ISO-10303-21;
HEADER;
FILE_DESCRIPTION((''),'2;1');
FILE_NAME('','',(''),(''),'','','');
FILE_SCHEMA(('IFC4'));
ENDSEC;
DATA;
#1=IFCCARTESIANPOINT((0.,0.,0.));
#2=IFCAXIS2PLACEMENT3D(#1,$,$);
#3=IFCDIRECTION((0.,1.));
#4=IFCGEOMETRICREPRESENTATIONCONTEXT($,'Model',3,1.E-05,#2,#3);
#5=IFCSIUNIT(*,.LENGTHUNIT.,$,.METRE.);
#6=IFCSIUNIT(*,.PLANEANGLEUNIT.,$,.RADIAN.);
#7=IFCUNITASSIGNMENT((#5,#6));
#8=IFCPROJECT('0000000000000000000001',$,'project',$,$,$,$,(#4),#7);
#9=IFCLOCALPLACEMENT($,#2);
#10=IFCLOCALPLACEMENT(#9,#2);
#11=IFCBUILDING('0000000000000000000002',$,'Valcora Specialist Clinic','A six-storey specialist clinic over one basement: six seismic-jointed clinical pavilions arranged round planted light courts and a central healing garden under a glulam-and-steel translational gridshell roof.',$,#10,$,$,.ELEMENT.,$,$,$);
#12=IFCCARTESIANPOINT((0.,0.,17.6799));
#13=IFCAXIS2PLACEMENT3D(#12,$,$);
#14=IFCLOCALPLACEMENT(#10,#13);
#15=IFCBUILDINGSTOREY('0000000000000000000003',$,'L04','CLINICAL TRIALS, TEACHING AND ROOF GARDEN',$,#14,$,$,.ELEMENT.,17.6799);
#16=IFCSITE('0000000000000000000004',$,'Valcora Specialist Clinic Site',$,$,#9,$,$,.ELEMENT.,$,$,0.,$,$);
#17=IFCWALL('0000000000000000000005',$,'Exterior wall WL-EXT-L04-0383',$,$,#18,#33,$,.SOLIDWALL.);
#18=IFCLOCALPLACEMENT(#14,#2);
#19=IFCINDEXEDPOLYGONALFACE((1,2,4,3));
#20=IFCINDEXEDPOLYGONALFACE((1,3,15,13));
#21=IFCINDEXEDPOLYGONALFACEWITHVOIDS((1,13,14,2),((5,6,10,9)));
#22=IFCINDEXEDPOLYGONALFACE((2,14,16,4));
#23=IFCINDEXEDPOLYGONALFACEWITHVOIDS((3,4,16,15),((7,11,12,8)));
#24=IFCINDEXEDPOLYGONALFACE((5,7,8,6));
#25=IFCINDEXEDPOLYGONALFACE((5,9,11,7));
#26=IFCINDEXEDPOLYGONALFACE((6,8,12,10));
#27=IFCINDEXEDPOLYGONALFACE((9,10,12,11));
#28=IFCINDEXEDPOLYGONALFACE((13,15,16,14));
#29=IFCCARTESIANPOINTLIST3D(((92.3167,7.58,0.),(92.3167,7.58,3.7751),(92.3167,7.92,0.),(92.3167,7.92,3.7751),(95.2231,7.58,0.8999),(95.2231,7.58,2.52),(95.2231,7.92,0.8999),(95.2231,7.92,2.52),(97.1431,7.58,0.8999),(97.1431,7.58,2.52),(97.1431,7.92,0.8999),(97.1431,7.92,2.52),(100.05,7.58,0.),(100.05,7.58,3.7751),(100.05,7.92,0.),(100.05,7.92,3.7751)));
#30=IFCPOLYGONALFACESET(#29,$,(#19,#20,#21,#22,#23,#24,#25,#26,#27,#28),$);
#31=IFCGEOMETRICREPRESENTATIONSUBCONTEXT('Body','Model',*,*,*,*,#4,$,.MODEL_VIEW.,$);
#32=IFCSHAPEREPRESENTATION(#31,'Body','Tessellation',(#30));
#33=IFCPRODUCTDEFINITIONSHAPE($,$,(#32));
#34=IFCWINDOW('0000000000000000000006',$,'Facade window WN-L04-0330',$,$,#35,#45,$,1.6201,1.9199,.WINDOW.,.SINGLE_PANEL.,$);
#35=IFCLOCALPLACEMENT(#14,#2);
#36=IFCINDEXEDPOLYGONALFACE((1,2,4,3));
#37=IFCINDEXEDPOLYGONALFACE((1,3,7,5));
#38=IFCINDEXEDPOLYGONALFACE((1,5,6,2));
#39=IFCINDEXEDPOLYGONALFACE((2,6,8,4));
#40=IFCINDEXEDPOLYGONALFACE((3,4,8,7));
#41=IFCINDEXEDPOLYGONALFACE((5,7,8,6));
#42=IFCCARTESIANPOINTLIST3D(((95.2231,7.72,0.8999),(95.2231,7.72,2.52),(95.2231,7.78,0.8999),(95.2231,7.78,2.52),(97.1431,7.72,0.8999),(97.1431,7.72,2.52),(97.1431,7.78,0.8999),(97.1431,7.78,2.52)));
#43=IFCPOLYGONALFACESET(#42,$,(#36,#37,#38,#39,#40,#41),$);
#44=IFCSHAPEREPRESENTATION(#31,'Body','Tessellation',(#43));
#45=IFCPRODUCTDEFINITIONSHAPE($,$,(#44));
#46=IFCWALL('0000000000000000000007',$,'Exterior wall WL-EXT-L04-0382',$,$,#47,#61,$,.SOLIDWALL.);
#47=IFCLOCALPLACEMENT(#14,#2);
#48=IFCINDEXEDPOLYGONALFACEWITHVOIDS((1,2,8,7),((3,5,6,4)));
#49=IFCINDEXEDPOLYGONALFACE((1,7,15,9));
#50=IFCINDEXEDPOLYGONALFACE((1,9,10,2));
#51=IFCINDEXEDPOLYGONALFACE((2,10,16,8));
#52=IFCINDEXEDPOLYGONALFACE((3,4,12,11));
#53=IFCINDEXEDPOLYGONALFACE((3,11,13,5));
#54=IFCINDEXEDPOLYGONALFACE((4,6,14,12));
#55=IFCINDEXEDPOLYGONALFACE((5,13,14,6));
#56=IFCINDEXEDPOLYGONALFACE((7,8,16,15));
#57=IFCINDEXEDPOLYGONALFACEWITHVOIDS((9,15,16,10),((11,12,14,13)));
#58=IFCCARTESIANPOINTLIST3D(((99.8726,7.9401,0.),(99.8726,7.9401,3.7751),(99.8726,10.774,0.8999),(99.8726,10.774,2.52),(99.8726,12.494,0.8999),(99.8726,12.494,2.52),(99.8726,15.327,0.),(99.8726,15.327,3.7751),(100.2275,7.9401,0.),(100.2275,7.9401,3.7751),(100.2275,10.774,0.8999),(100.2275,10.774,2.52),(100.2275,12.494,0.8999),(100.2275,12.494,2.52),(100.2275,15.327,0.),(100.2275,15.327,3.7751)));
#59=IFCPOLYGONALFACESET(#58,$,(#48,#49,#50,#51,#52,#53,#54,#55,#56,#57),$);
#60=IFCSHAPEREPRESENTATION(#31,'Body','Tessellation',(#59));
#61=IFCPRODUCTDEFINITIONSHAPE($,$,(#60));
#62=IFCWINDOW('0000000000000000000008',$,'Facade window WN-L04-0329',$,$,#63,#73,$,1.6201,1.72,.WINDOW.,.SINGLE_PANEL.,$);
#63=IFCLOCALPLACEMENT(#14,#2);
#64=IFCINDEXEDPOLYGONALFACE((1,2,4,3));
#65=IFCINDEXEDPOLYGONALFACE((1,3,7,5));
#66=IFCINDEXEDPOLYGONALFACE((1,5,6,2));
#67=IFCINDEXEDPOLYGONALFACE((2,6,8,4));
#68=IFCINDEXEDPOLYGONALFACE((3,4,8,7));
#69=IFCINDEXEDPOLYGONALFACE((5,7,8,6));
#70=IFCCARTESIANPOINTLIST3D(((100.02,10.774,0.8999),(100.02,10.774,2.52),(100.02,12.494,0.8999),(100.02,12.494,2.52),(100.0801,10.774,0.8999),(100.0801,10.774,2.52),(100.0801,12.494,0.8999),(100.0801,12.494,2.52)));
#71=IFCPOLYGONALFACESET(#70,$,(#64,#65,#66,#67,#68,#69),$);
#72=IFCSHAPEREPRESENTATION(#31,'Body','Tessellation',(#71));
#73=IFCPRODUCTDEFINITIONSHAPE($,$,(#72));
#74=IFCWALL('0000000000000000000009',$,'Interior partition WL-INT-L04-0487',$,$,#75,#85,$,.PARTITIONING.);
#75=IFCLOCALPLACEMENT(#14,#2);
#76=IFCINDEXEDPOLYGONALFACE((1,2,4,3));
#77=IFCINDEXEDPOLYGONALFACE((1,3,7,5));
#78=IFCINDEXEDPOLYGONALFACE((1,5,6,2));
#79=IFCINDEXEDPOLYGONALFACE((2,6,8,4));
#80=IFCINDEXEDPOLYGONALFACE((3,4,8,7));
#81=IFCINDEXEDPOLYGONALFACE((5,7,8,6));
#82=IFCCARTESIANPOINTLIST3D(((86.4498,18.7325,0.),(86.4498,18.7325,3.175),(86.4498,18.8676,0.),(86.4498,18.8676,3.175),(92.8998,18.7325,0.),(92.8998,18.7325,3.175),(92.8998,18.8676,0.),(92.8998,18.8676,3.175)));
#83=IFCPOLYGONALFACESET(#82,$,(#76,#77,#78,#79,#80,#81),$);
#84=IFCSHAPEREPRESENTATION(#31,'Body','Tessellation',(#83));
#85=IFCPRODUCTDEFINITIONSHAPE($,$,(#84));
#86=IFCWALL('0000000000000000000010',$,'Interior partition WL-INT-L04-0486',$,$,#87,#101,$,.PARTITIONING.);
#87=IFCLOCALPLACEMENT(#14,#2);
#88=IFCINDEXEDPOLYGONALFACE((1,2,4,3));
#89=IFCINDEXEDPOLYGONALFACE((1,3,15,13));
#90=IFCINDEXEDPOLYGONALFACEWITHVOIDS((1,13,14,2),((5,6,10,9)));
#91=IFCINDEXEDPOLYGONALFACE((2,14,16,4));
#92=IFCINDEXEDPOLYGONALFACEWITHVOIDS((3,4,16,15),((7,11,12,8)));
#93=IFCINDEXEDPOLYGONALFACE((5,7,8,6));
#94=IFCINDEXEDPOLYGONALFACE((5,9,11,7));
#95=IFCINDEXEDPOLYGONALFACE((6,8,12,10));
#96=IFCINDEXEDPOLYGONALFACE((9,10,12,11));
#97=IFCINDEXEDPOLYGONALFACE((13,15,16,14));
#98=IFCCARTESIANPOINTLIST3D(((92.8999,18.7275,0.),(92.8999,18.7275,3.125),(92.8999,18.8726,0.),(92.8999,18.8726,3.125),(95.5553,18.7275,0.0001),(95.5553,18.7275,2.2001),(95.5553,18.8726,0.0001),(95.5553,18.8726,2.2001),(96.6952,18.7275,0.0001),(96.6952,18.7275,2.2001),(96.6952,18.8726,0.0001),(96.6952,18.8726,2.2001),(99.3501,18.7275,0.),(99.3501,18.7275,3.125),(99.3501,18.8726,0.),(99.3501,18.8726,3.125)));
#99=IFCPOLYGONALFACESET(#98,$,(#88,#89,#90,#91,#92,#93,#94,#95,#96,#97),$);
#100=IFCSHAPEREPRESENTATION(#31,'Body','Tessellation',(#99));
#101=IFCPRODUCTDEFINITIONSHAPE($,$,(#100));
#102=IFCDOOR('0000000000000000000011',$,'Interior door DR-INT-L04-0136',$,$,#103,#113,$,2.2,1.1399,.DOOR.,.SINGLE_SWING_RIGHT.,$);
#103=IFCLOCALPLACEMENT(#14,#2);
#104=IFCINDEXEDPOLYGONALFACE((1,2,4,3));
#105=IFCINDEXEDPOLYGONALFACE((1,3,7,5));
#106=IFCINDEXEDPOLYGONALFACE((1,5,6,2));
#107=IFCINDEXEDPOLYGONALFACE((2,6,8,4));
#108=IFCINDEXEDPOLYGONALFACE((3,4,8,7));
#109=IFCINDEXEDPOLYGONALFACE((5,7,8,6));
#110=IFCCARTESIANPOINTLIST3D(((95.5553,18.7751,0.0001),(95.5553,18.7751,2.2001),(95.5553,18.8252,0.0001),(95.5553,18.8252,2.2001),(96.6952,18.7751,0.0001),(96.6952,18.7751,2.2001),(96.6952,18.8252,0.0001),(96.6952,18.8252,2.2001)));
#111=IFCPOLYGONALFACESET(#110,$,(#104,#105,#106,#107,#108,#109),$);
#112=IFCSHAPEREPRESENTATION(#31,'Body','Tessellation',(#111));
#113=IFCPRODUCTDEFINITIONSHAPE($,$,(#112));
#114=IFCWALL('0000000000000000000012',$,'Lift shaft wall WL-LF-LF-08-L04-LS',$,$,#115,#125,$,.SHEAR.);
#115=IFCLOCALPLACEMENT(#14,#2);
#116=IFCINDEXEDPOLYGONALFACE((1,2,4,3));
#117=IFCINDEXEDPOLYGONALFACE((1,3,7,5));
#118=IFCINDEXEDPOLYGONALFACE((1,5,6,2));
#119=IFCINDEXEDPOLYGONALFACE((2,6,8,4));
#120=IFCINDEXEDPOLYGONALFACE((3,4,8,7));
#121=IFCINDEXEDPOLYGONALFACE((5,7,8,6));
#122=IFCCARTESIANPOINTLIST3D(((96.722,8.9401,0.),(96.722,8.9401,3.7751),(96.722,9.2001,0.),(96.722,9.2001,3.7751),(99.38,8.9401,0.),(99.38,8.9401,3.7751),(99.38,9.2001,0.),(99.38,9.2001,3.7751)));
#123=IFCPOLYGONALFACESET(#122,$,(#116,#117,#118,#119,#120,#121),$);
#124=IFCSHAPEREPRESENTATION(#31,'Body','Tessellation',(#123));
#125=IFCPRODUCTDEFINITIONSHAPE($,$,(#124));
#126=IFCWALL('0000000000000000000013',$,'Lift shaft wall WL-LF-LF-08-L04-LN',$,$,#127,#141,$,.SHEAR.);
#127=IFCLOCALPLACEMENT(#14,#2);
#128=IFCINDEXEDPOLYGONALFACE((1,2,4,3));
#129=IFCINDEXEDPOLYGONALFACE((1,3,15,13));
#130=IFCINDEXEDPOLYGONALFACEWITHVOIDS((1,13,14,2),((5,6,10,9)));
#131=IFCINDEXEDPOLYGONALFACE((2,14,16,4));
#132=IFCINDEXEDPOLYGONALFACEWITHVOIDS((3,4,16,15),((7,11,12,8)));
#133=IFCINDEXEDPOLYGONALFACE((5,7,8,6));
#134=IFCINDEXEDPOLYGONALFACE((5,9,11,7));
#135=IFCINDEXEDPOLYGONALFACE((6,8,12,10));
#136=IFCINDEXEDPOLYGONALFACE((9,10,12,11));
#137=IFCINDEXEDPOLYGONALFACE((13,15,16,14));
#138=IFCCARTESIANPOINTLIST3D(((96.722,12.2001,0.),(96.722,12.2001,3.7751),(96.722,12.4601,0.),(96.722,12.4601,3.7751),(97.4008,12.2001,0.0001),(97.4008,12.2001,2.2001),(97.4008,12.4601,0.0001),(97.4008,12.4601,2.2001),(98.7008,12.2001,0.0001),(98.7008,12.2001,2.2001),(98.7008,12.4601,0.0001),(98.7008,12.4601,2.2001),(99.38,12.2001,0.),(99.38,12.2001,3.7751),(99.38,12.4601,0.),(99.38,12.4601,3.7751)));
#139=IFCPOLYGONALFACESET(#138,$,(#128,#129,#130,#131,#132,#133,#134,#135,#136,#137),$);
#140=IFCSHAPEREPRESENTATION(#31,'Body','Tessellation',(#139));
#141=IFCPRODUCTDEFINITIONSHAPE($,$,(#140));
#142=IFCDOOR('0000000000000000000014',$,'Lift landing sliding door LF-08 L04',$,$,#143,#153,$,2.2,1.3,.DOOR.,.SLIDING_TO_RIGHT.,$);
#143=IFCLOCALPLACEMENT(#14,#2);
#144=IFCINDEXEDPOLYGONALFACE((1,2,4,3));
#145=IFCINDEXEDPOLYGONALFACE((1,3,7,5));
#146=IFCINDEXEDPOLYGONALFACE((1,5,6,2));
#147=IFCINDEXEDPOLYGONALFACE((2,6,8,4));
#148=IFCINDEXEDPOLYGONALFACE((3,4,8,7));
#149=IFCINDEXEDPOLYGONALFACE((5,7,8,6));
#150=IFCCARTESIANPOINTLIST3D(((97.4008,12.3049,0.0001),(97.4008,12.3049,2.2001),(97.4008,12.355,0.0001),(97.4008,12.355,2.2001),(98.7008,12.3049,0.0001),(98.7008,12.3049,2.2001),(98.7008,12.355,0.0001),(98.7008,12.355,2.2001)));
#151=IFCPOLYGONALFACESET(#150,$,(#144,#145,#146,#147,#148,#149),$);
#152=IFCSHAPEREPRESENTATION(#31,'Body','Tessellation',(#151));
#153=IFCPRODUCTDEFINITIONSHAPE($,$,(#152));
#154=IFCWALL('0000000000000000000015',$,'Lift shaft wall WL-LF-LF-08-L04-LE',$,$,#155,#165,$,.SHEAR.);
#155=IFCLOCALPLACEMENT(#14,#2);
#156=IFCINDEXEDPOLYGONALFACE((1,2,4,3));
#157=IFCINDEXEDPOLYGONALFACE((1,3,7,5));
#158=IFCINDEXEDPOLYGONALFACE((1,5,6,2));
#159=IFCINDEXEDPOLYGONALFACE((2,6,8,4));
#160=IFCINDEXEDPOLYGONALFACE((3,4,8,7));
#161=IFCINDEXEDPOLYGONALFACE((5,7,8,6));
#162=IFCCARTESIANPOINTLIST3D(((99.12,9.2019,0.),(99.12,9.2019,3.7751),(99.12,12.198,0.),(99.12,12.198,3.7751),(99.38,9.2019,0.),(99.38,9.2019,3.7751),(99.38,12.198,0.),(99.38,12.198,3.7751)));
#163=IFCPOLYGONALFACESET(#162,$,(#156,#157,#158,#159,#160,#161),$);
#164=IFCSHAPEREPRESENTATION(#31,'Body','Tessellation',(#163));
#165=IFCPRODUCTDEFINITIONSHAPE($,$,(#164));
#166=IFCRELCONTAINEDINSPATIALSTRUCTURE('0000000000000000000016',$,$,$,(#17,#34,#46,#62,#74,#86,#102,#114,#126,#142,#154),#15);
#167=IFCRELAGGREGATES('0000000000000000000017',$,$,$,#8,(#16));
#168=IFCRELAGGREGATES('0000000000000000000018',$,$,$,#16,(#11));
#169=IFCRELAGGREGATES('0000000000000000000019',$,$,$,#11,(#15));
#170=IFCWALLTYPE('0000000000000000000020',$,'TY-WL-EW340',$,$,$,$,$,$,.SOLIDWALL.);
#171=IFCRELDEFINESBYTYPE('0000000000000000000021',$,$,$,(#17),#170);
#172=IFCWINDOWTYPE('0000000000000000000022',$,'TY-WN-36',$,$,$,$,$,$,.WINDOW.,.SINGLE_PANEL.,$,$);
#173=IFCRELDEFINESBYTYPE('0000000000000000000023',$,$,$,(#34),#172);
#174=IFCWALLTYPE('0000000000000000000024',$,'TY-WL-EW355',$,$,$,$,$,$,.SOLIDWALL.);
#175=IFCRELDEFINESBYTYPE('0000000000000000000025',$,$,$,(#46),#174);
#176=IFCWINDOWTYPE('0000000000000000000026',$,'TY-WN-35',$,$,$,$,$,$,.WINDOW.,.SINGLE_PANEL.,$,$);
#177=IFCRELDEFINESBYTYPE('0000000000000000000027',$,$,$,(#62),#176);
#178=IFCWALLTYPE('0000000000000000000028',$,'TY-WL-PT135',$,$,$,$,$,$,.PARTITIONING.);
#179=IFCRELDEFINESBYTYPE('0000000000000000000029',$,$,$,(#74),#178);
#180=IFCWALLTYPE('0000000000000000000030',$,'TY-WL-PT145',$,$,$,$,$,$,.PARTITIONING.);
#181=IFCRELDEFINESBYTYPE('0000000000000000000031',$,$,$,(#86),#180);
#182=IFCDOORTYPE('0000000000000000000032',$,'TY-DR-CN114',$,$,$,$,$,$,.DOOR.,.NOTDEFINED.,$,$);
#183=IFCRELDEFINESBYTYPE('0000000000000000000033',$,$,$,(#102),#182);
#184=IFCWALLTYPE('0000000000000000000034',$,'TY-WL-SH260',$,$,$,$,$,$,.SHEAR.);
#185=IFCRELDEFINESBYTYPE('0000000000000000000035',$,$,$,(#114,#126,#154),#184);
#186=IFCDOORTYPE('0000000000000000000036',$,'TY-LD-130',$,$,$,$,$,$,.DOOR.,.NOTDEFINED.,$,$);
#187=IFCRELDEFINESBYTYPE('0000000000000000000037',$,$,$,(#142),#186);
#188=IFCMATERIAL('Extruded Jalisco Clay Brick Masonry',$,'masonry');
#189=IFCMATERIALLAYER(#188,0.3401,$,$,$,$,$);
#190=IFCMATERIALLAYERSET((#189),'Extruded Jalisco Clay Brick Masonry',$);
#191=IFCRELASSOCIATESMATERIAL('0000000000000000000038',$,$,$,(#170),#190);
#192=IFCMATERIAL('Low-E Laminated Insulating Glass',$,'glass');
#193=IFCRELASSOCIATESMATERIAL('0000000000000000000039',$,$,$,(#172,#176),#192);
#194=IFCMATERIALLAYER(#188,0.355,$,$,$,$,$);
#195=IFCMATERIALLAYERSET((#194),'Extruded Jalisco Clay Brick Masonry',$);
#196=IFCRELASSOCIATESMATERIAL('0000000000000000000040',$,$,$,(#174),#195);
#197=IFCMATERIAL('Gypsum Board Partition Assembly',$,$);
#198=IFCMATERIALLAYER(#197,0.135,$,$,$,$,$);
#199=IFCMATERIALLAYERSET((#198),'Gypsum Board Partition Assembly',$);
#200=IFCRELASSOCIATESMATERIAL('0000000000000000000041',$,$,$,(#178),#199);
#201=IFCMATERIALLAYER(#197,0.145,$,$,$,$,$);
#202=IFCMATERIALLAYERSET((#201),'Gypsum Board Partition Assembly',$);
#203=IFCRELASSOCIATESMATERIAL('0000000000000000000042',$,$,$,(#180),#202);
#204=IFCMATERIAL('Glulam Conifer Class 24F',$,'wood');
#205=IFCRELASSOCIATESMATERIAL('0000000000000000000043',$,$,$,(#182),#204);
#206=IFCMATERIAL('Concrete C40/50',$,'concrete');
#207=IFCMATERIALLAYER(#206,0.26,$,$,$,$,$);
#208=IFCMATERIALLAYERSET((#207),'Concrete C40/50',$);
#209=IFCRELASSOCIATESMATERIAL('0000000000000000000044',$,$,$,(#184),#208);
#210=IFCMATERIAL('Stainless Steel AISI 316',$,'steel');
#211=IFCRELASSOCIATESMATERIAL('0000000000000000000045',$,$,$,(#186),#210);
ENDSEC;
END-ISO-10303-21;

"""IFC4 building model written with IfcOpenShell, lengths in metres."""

from ifc_helpers import new_model, si_unit, direction, frame, frame_2d, origin, place, context, subcontext, project, spatial, rectangle, extrude, material, layer, layer_set, type_object, element, fill, save


model = new_model("IFC4")

# Units and contexts
model_context = context("Model", 3, precision=1e-05, world=origin(), true_north=direction((0.0, 1.0)))
body_context = subcontext(model_context, "Body", "Model", "MODEL_VIEW")
ifc_project = project(units=[si_unit("LENGTHUNIT", "METRE"), si_unit("PLANEANGLEUNIT", "RADIAN")], contexts=[model_context])

# Site, building, storey
site_placement = place(None, origin())
site = spatial("IfcSite", under=ifc_project, at=site_placement, Name="Valcora Specialist Clinic Site", CompositionType="ELEMENT", RefElevation=0.0)
building_placement = place(site_placement, origin())
building = spatial("IfcBuilding", under=site, at=building_placement, Name="Valcora Specialist Clinic", Description="A six-storey specialist clinic over one basement: six seismic-jointed clinical pavilions arranged round planted light courts and a central healing garden under a glulam-and-steel translational gridshell roof.", CompositionType="ELEMENT")
storey_placement = place(building_placement, frame((0.0, 0.0, 17.6799)))
storey = spatial("IfcBuildingStorey", under=building, at=storey_placement, Name="L04", Description="CLINICAL TRIALS, TEACHING AND ROOF GARDEN", CompositionType="ELEMENT", Elevation=17.6799)

# Shared definitions
ifc_material_1 = material(Name="Concrete C40/50", Category="concrete")

# Walls, openings, windows
ifc_material_2 = material(Name="Extruded Jalisco Clay Brick Masonry", Category="masonry")
ifc_material_3 = material(Name="Low-E Laminated Insulating Glass", Category="glass")
ifc_layer_1 = layer(ifc_material_2, 0.3401)
ifc_layer_set_1 = layer_set([ifc_layer_1], Name="Extruded Jalisco Clay Brick Masonry")
wall_type_1 = type_object("IfcWallType", Name="TY-WL-EW340", PredefinedType="SOLIDWALL", material=ifc_layer_set_1)
wall_1_placement = place(storey_placement, frame((100.05, 7.75, 0.0), z_axis=(0.0, 0.0, 1.0), x_axis=(-1.0, 0.0, 0.0)))
wall_1 = element("IfcWall", 1, at=wall_1_placement, inside=storey, type_object=wall_type_1, Name="Exterior wall WL-EXT-L04-0383", PredefinedType="SOLIDWALL", context=body_context, shape_type="SweptSolid", body=[
    extrude(rectangle(XDim=7.7334, YDim=0.3401, at=frame_2d((3.8667, 0.0))), origin(), (0.0, 0.0, 1.0), 3.7751),
])
opening_1_placement = place(wall_1_placement, frame((2.907, 0.0, 0.8999)))
opening_1 = element("IfcOpeningElement", 2, at=opening_1_placement, cuts=wall_1, PredefinedType="OPENING", context=body_context, shape_type="SweptSolid", body=[
    extrude(rectangle(XDim=1.9199, YDim=1.6201, at=frame_2d((0.96, 0.8101))), frame((0.0, 0.1799, 0.0), z_axis=(0.0, -1.0, 0.0), x_axis=(1.0, 0.0, 0.0)), (0.0, 0.0, 1.0), 0.3601),
])
window_type_1 = type_object("IfcWindowType", Name="TY-WN-36", PartitioningType="SINGLE_PANEL", PredefinedType="WINDOW", material=ifc_material_3)
window_1_placement = place(opening_1_placement, origin())
window_1 = element("IfcWindow", 3, at=window_1_placement, inside=storey, type_object=window_type_1, Name="Facade window WN-L04-0330", OverallHeight=1.6201, OverallWidth=1.9199, PartitioningType="SINGLE_PANEL", PredefinedType="WINDOW", context=body_context, shape_type="SweptSolid", body=[
    extrude(rectangle(XDim=1.9199, YDim=1.6201, at=frame_2d((0.96, 0.8101))), frame((0.0, 0.03, 0.0), z_axis=(0.0, -1.0, 0.0), x_axis=(1.0, 0.0, 0.0)), (0.0, 0.0, 1.0), 0.0601),
])
fill(opening_1, window_1)
ifc_layer_2 = layer(ifc_material_2, 0.355)
ifc_layer_set_2 = layer_set([ifc_layer_2], Name="Extruded Jalisco Clay Brick Masonry")
wall_type_2 = type_object("IfcWallType", Name="TY-WL-EW355", PredefinedType="SOLIDWALL", material=ifc_layer_set_2)
wall_2_placement = place(storey_placement, frame((100.05, 15.3269, 0.0), z_axis=(0.0, 0.0, 1.0), x_axis=(0.0, -1.0, 0.0)))
wall_2 = element("IfcWall", 4, at=wall_2_placement, inside=storey, type_object=wall_type_2, Name="Exterior wall WL-EXT-L04-0382", PredefinedType="SOLIDWALL", context=body_context, shape_type="SweptSolid", body=[
    extrude(rectangle(XDim=7.387, YDim=0.355, at=frame_2d((3.6934, 0.0))), origin(), (0.0, 0.0, 1.0), 3.7751),
])
opening_2_placement = place(wall_2_placement, frame((2.833, 0.0, 0.8999)))
opening_2 = element("IfcOpeningElement", 5, at=opening_2_placement, cuts=wall_2, PredefinedType="OPENING", context=body_context, shape_type="SweptSolid", body=[
    extrude(rectangle(XDim=1.72, YDim=1.6201, at=frame_2d((0.8599, 0.8101))), frame((0.0, 0.1875, 0.0), z_axis=(0.0, -1.0, 0.0), x_axis=(1.0, 0.0, 0.0)), (0.0, 0.0, 1.0), 0.375),
])
window_type_2 = type_object("IfcWindowType", Name="TY-WN-35", PartitioningType="SINGLE_PANEL", PredefinedType="WINDOW", material=ifc_material_3)
window_2_placement = place(opening_2_placement, origin())
window_2 = element("IfcWindow", 6, at=window_2_placement, inside=storey, type_object=window_type_2, Name="Facade window WN-L04-0329", OverallHeight=1.6201, OverallWidth=1.72, PartitioningType="SINGLE_PANEL", PredefinedType="WINDOW", context=body_context, shape_type="SweptSolid", body=[
    extrude(rectangle(XDim=1.72, YDim=1.6201, at=frame_2d((0.8599, 0.8101))), frame((0.0, 0.03, 0.0), z_axis=(0.0, -1.0, 0.0), x_axis=(1.0, 0.0, 0.0)), (0.0, 0.0, 1.0), 0.0601),
])
fill(opening_2, window_2)

# Wall
ifc_material_4 = material(Name="Gypsum Board Partition Assembly")
ifc_layer_3 = layer(ifc_material_4, 0.135)
ifc_layer_set_3 = layer_set([ifc_layer_3], Name="Gypsum Board Partition Assembly")
wall_type_3 = type_object("IfcWallType", Name="TY-WL-PT135", PredefinedType="PARTITIONING", material=ifc_layer_set_3)
wall_3_placement = place(storey_placement, frame((92.8999, 18.8, 0.0), z_axis=(0.0, 0.0, 1.0), x_axis=(-1.0, 0.0, 0.0)))
element("IfcWall", 7, at=wall_3_placement, inside=storey, type_object=wall_type_3, Name="Interior partition WL-INT-L04-0487", PredefinedType="PARTITIONING", context=body_context, shape_type="SweptSolid", body=[
    extrude(rectangle(XDim=6.45, YDim=0.135, at=frame_2d((3.2251, 0.0))), origin(), (0.0, 0.0, 1.0), 3.175),
])

# Wall, opening, door
ifc_layer_4 = layer(ifc_material_4, 0.145)
ifc_layer_set_4 = layer_set([ifc_layer_4], Name="Gypsum Board Partition Assembly")
wall_type_4 = type_object("IfcWallType", Name="TY-WL-PT145", PredefinedType="PARTITIONING", material=ifc_layer_set_4)
wall_4_placement = place(storey_placement, frame((99.3501, 18.8, 0.0), z_axis=(0.0, 0.0, 1.0), x_axis=(-1.0, 0.0, 0.0)))
wall_4 = element("IfcWall", 8, at=wall_4_placement, inside=storey, type_object=wall_type_4, Name="Interior partition WL-INT-L04-0486", PredefinedType="PARTITIONING", context=body_context, shape_type="SweptSolid", body=[
    extrude(rectangle(XDim=6.4502, YDim=0.145, at=frame_2d((3.2251, 0.0))), origin(), (0.0, 0.0, 1.0), 3.125),
])
opening_3_placement = place(wall_4_placement, frame((2.655, 0.0, 0.0)))
opening_3 = element("IfcOpeningElement", 9, at=opening_3_placement, cuts=wall_4, PredefinedType="OPENING", context=body_context, shape_type="SweptSolid", body=[
    extrude(rectangle(XDim=1.1399, YDim=2.2, at=frame_2d((0.5698, 1.1001))), frame((0.0, 0.0825, 0.0), z_axis=(0.0, -1.0, 0.0), x_axis=(1.0, 0.0, 0.0)), (0.0, 0.0, 1.0), 0.165),
])
ifc_material_5 = material(Name="Glulam Conifer Class 24F", Category="wood")
door_type_1 = type_object("IfcDoorType", Name="TY-DR-CN114", OperationType="NOTDEFINED", PredefinedType="DOOR", material=ifc_material_5)
door_1_placement = place(opening_3_placement, origin())
door_1 = element("IfcDoor", 10, at=door_1_placement, inside=storey, type_object=door_type_1, Name="Interior door DR-INT-L04-0136", OperationType="SINGLE_SWING_RIGHT", OverallHeight=2.2, OverallWidth=1.1399, PredefinedType="DOOR", context=body_context, shape_type="SweptSolid", body=[
    extrude(rectangle(XDim=1.1399, YDim=2.2, at=frame_2d((0.5698, 1.1001))), frame((0.0, 0.0249, 0.0), z_axis=(0.0, -1.0, 0.0), x_axis=(1.0, 0.0, 0.0)), (0.0, 0.0, 1.0), 0.05),
])
fill(opening_3, door_1)

# Wall
ifc_layer_5 = layer(ifc_material_1, 0.26)
ifc_layer_set_5 = layer_set([ifc_layer_5], Name="Concrete C40/50")
wall_type_5 = type_object("IfcWallType", Name="TY-WL-SH260", PredefinedType="SHEAR", material=ifc_layer_set_5)
wall_5_placement = place(storey_placement, frame((96.7219, 9.0701, 0.0), z_axis=(0.0, 0.0, 1.0), x_axis=(1.0, 0.0, 0.0)))
element("IfcWall", 11, at=wall_5_placement, inside=storey, type_object=wall_type_5, Name="Lift shaft wall WL-LF-LF-08-L04-LS", PredefinedType="SHEAR", context=body_context, shape_type="SweptSolid", body=[
    extrude(rectangle(XDim=2.658, YDim=0.26, at=frame_2d((1.3291, 0.0))), origin(), (0.0, 0.0, 1.0), 3.7751),
])

# Wall, opening, door
wall_6_placement = place(storey_placement, frame((96.7219, 12.3301, 0.0), z_axis=(0.0, 0.0, 1.0), x_axis=(1.0, 0.0, 0.0)))
wall_6 = element("IfcWall", 12, at=wall_6_placement, inside=storey, type_object=wall_type_5, Name="Lift shaft wall WL-LF-LF-08-L04-LN", PredefinedType="SHEAR", context=body_context, shape_type="SweptSolid", body=[
    extrude(rectangle(XDim=2.658, YDim=0.26, at=frame_2d((1.3291, 0.0))), origin(), (0.0, 0.0, 1.0), 3.7751),
])
opening_4_placement = place(wall_6_placement, frame((0.679, 0.0, 0.0)))
opening_4 = element("IfcOpeningElement", 13, at=opening_4_placement, cuts=wall_6, PredefinedType="OPENING", context=body_context, shape_type="SweptSolid", body=[
    extrude(rectangle(XDim=1.3, YDim=2.2, at=frame_2d((0.6499, 1.1001))), frame((0.0, 0.1399, 0.0), z_axis=(0.0, -1.0, 0.0), x_axis=(1.0, 0.0, 0.0)), (0.0, 0.0, 1.0), 0.28),
])
ifc_material_6 = material(Name="Stainless Steel AISI 316", Category="steel")
door_type_2 = type_object("IfcDoorType", Name="TY-LD-130", OperationType="NOTDEFINED", PredefinedType="DOOR", material=ifc_material_6)
door_2_placement = place(opening_4_placement, origin())
door_2 = element("IfcDoor", 14, at=door_2_placement, inside=storey, type_object=door_type_2, Name="Lift landing sliding door LF-08 L04", OperationType="SLIDING_TO_RIGHT", OverallHeight=2.2, OverallWidth=1.3, PredefinedType="DOOR", context=body_context, shape_type="SweptSolid", body=[
    extrude(rectangle(XDim=1.3, YDim=2.2, at=frame_2d((0.6499, 1.1001))), frame((0.0, 0.0249, 0.0), z_axis=(0.0, -1.0, 0.0), x_axis=(1.0, 0.0, 0.0)), (0.0, 0.0, 1.0), 0.05),
])
fill(opening_4, door_2)

# Wall
wall_7_placement = place(storey_placement, frame((99.25, 9.2019, 0.0), z_axis=(0.0, 0.0, 1.0), x_axis=(0.0, 1.0, 0.0)))
element("IfcWall", 15, at=wall_7_placement, inside=storey, type_object=wall_type_5, Name="Lift shaft wall WL-LF-LF-08-L04-LE", PredefinedType="SHEAR", context=body_context, shape_type="SweptSolid", body=[
    extrude(rectangle(XDim=2.9961, YDim=0.26, at=frame_2d((1.498, 0.0))), origin(), (0.0, 0.0, 1.0), 3.7751),
])

save(model, "model.ifc")
